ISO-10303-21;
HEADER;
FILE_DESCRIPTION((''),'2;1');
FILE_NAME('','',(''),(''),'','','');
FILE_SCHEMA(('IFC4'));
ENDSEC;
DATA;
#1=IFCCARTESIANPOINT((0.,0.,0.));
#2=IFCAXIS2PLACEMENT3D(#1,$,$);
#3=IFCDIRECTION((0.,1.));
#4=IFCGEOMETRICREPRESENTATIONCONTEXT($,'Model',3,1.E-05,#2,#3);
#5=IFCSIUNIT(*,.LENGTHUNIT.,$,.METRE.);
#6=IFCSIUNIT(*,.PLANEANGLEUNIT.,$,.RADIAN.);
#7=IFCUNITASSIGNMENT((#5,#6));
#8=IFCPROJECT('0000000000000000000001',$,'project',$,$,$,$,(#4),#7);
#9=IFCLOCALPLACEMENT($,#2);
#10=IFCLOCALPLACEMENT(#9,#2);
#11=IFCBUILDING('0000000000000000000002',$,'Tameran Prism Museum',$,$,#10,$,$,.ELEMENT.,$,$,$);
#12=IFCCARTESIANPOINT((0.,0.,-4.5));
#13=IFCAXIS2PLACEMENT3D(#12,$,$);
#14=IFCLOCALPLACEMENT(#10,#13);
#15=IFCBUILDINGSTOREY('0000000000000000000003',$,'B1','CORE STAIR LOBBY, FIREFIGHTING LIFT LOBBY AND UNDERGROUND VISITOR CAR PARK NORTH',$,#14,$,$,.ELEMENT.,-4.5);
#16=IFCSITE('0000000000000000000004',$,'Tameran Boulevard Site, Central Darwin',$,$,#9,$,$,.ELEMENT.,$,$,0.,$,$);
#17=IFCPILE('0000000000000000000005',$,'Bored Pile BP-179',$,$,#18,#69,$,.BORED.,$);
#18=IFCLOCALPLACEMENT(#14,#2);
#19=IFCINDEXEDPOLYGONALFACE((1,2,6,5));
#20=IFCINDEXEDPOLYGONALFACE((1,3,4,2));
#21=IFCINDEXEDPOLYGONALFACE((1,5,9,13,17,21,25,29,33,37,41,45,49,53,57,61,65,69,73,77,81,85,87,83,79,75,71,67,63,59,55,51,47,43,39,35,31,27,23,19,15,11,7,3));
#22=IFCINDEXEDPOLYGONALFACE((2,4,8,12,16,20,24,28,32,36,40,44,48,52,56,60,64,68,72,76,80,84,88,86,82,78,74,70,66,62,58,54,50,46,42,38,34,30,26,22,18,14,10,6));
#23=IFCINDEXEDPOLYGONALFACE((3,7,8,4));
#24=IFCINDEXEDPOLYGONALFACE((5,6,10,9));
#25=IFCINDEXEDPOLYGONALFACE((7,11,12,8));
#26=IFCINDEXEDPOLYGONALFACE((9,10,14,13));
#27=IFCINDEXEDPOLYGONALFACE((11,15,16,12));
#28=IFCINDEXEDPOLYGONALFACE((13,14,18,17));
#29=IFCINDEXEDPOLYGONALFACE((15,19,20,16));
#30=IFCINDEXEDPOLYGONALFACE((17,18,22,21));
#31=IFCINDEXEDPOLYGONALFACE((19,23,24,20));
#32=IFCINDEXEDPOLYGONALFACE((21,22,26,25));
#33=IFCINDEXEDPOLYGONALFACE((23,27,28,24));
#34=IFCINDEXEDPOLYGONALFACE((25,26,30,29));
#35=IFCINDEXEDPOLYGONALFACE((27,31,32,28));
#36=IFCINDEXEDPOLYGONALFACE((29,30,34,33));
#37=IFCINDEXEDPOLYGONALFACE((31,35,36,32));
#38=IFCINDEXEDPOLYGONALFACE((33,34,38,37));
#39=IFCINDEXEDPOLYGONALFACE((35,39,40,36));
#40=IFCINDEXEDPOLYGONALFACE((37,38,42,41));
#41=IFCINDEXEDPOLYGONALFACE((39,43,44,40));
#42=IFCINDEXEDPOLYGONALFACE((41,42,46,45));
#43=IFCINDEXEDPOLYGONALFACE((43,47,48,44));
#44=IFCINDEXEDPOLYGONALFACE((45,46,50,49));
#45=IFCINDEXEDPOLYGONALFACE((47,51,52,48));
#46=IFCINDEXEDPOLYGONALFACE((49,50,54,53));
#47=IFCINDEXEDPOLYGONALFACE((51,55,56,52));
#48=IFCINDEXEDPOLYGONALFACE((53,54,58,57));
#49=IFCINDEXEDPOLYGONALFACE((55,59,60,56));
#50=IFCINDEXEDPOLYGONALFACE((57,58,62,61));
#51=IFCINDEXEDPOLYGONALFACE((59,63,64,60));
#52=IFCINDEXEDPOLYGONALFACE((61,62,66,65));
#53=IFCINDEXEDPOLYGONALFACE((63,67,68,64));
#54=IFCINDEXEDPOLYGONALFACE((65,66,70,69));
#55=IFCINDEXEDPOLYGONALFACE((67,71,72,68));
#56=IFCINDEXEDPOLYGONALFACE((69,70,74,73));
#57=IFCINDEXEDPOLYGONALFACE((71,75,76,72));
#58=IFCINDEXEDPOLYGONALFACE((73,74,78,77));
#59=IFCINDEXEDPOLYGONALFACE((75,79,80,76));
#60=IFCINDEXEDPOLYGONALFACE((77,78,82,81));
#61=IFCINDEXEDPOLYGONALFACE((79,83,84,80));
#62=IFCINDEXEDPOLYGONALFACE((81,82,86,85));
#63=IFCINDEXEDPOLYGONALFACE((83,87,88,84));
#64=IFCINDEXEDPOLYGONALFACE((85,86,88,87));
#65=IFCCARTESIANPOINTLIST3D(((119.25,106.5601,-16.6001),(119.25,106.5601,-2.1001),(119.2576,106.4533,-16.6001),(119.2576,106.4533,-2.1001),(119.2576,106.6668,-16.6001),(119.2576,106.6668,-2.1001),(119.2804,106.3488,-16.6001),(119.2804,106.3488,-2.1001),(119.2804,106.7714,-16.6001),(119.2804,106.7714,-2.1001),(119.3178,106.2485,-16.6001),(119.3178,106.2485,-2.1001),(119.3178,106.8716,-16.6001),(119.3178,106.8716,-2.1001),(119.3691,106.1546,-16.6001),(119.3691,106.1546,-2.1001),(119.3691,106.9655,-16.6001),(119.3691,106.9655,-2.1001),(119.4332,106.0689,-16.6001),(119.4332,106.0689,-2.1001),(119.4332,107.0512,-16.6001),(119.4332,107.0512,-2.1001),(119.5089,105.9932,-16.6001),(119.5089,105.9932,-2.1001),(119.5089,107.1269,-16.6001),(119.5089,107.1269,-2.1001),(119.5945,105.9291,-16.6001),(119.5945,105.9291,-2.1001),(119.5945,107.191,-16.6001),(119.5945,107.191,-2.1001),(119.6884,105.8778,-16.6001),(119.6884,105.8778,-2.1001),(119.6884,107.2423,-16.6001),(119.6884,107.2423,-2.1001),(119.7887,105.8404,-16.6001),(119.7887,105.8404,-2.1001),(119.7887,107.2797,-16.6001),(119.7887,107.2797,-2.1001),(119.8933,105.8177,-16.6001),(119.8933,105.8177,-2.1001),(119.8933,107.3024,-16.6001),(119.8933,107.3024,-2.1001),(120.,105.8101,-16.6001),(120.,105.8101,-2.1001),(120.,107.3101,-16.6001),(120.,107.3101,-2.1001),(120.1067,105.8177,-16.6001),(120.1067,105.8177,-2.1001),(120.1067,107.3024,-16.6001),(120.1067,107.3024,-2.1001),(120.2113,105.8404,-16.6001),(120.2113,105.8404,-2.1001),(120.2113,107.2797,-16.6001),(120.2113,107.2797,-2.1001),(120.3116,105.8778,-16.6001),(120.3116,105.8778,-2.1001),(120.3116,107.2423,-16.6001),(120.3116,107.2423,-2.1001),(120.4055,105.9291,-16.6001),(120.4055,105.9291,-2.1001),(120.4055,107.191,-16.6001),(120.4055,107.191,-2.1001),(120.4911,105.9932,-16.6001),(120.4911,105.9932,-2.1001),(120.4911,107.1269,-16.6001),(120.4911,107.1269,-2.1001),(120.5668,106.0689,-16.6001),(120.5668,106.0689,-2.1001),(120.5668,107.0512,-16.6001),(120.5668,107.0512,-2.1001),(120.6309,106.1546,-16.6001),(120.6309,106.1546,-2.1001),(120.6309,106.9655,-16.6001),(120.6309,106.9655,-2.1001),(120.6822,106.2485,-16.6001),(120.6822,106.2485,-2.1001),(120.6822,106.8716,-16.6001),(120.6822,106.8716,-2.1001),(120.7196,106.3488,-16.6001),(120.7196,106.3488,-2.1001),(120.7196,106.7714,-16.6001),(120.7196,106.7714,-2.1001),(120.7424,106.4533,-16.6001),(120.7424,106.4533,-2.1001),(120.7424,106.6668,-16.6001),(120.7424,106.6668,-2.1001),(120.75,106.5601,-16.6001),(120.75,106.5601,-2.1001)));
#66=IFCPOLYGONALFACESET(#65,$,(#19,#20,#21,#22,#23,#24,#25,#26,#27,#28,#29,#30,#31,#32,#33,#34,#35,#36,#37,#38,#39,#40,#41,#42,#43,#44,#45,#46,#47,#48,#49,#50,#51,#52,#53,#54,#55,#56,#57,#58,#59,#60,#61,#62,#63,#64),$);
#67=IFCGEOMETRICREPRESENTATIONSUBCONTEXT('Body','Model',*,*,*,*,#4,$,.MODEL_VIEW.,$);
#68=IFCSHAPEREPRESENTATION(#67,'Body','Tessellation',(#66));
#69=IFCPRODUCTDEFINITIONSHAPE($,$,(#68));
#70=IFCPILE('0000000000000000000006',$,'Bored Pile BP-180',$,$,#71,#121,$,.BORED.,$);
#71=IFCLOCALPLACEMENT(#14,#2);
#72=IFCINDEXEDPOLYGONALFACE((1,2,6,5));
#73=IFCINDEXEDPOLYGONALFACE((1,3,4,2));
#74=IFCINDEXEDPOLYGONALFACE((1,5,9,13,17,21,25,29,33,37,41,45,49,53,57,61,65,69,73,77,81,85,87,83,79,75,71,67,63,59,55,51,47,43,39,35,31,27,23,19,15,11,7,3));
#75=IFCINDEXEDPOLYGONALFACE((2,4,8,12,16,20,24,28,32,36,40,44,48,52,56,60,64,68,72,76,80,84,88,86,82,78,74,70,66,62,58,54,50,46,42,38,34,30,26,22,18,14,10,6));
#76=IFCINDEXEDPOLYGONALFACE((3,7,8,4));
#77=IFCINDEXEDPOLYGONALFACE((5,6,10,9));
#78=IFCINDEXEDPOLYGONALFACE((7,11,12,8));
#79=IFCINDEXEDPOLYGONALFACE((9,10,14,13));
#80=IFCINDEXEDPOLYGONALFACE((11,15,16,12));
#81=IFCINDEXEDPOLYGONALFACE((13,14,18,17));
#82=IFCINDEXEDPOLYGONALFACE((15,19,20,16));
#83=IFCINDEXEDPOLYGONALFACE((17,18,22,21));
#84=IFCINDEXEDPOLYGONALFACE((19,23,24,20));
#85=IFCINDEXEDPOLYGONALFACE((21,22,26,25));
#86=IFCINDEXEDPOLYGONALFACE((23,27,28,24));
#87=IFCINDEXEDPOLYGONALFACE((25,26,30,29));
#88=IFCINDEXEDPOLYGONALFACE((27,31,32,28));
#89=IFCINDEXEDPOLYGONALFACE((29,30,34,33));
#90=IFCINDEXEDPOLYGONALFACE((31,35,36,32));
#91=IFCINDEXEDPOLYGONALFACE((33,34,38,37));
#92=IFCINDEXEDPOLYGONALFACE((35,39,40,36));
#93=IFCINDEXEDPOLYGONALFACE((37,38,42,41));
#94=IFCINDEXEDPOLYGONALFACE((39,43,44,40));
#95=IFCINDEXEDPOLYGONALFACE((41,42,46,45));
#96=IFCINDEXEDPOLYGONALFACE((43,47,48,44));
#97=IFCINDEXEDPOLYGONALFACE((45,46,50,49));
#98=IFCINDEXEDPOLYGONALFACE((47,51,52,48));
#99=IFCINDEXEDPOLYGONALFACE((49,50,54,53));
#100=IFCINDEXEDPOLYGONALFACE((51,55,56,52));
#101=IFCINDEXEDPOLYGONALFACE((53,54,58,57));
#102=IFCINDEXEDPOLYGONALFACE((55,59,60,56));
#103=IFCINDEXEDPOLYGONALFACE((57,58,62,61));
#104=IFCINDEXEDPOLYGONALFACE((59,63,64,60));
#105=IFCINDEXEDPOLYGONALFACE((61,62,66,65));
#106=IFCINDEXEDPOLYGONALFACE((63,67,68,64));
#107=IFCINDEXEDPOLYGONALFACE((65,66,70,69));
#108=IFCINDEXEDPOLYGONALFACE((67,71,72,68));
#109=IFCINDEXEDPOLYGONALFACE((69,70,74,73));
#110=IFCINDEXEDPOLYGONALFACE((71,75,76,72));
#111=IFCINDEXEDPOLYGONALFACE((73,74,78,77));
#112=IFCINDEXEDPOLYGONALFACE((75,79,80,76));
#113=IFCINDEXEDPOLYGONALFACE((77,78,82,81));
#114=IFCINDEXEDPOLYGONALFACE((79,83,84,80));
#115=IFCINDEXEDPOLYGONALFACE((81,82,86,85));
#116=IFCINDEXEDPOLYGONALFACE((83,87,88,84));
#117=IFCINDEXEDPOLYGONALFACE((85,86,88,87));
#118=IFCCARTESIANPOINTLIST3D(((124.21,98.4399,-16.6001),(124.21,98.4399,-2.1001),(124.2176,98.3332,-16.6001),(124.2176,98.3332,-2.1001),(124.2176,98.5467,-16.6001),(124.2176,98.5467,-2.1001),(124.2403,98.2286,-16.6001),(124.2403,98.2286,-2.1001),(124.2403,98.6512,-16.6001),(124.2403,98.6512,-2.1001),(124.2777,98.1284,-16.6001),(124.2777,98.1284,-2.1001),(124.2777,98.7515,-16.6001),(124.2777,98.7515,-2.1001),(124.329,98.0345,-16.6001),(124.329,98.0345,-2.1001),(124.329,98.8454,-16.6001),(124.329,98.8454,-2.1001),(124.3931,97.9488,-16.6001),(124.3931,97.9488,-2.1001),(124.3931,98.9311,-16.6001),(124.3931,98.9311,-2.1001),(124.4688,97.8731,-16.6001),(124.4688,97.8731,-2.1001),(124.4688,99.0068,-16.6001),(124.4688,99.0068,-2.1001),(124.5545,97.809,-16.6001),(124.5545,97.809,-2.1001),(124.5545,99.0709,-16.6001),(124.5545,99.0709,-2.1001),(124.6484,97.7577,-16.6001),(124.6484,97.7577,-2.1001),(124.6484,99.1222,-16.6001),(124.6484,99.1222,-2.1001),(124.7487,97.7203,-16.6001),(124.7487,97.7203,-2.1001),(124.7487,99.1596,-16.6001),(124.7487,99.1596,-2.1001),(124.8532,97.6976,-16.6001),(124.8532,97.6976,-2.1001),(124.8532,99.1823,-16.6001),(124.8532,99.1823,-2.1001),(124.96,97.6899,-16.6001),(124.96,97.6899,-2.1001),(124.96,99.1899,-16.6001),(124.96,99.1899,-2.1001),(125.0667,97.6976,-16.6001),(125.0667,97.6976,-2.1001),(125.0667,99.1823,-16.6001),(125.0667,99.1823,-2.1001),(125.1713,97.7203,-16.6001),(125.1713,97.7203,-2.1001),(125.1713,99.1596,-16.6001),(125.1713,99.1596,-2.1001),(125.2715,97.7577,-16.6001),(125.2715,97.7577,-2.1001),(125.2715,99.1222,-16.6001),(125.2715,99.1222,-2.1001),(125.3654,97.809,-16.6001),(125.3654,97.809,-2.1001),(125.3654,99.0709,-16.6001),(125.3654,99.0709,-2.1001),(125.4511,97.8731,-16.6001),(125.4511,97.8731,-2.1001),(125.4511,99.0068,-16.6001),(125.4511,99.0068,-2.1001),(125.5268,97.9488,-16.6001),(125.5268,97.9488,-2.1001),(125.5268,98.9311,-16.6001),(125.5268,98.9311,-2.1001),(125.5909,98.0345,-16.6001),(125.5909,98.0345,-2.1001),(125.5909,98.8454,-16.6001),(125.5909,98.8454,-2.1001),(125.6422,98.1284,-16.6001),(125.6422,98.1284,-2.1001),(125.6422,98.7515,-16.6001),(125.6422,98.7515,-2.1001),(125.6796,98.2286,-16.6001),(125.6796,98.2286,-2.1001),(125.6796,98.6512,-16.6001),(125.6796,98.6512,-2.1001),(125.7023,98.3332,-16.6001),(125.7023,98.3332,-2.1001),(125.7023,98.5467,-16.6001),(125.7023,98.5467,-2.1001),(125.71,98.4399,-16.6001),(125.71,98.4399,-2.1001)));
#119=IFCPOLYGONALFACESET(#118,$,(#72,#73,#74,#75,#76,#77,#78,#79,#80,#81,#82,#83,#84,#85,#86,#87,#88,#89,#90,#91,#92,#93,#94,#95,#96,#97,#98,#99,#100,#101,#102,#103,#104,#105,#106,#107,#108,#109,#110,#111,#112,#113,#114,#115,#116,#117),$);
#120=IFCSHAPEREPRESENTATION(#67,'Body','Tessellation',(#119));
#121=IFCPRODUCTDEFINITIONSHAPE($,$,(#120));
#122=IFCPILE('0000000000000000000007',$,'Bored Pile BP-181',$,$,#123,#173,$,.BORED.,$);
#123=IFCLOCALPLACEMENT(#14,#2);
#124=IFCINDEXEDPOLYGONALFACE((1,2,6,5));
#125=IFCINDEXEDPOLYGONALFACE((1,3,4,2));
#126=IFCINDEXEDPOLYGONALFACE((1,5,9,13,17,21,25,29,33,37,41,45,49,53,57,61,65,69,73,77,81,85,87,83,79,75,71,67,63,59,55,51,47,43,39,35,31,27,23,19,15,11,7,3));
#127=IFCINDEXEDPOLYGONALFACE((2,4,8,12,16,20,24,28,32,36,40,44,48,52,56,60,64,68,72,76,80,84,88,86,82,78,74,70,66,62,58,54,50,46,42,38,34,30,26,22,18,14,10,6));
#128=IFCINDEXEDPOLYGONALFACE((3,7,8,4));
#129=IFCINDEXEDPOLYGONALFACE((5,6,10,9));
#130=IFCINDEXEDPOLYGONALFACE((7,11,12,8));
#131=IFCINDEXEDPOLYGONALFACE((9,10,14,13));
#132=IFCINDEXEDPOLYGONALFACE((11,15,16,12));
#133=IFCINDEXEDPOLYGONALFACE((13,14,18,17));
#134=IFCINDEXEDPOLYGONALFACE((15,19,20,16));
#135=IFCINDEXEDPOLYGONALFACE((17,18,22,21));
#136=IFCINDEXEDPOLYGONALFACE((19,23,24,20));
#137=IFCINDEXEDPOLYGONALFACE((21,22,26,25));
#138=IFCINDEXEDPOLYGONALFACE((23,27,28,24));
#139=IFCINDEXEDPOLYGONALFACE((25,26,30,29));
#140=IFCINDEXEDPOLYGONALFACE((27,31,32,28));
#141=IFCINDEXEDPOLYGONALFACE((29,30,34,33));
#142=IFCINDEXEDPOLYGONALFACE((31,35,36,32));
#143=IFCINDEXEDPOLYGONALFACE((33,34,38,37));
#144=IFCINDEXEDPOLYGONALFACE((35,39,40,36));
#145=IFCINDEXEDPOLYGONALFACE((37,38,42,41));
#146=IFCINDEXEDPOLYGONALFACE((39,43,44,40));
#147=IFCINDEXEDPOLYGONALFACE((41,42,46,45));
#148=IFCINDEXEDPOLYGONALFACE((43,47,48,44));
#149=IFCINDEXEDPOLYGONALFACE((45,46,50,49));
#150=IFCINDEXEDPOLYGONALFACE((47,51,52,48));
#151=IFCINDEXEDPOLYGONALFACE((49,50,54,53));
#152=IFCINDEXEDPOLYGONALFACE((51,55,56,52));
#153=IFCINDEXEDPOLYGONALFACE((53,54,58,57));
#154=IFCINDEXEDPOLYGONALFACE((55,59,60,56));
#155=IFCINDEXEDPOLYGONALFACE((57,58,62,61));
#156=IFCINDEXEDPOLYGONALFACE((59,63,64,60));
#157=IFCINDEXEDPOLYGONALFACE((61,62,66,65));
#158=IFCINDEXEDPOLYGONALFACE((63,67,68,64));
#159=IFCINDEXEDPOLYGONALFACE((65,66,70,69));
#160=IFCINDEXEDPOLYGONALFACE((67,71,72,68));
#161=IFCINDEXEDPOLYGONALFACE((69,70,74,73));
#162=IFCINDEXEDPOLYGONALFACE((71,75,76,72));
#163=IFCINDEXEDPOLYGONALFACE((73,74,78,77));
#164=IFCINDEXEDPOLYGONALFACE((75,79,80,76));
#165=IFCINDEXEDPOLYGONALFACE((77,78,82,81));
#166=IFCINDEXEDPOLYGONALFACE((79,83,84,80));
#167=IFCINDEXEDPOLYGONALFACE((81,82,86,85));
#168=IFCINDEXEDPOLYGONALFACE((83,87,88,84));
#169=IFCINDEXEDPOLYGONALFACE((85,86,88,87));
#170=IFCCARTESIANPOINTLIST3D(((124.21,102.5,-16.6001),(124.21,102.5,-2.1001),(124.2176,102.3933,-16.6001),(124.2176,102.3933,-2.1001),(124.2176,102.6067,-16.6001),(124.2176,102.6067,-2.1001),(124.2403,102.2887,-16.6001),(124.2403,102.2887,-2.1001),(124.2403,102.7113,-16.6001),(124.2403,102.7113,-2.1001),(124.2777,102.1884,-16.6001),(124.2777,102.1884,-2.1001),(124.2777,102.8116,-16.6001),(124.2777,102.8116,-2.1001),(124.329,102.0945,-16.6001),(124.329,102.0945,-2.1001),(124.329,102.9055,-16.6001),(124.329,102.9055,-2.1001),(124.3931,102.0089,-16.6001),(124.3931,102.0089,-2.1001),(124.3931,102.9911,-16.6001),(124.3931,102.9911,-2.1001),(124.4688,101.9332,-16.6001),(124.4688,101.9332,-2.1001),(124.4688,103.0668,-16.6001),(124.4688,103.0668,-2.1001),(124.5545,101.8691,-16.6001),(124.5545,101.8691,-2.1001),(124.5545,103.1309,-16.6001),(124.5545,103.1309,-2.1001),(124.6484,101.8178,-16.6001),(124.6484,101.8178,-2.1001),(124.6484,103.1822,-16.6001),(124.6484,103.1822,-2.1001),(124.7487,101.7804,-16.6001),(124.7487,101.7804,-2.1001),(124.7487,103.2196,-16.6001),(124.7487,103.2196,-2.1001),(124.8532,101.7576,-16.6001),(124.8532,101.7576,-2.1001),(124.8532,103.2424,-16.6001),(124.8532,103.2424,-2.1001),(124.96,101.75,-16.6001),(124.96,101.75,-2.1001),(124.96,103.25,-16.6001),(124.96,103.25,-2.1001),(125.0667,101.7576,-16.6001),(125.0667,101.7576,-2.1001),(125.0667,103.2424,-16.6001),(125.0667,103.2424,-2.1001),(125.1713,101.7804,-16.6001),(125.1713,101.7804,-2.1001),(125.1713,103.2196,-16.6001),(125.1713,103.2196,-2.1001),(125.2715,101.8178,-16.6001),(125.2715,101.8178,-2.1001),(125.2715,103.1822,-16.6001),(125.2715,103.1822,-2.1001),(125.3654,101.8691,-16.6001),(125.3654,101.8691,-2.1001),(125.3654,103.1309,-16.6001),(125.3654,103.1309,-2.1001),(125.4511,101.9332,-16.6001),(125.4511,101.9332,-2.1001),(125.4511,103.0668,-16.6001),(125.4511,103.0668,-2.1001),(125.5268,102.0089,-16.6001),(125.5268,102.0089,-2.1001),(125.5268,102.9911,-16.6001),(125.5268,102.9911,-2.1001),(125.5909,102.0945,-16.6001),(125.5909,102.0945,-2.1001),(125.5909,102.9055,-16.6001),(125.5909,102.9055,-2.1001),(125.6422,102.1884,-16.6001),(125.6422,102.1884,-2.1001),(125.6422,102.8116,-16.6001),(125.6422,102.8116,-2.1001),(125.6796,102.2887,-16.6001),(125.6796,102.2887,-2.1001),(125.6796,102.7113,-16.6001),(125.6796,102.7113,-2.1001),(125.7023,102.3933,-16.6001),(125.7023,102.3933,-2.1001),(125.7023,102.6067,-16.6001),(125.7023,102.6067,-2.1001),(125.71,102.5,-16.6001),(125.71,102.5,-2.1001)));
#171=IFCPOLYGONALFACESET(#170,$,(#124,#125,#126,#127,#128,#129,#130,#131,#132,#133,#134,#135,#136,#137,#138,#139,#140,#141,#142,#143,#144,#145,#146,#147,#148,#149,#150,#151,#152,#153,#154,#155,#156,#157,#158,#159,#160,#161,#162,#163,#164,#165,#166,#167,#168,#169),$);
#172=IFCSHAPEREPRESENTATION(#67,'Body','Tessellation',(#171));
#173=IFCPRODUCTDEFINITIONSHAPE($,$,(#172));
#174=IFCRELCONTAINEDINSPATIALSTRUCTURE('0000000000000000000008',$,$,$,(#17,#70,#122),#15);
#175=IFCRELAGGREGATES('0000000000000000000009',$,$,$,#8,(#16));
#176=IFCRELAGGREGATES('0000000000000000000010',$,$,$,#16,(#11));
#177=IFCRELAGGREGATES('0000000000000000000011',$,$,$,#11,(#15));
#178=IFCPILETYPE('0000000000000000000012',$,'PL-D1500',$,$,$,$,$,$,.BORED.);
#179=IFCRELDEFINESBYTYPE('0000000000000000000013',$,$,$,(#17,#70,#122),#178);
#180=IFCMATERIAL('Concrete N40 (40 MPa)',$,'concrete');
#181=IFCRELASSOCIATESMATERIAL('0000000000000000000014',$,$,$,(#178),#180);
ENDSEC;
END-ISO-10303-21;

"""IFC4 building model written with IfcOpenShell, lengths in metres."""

from ifc_helpers import new_model, si_unit, direction, frame, origin, origin_2d, place, context, subcontext, project, spatial, circle, extrude, material, material_profile, profile_set, type_object, element, save


model = new_model("IFC4")

# Units and contexts
model_context = context("Model", 3, precision=1e-05, world=origin(), true_north=direction((0.0, 1.0)))
body_context = subcontext(model_context, "Body", "Model", "MODEL_VIEW")
ifc_project = project(units=[si_unit("LENGTHUNIT", "METRE"), si_unit("PLANEANGLEUNIT", "RADIAN")], contexts=[model_context])

# Site, building, storey
site_placement = place(None, origin())
site = spatial("IfcSite", under=ifc_project, at=site_placement, Name="Tameran Boulevard Site, Central Darwin", CompositionType="ELEMENT", RefElevation=0.0)
building_placement = place(site_placement, origin())
building = spatial("IfcBuilding", under=site, at=building_placement, Name="Tameran Prism Museum", CompositionType="ELEMENT")
storey_placement = place(building_placement, frame((0.0, 0.0, -4.5)))
storey = spatial("IfcBuildingStorey", under=building, at=storey_placement, Name="B1", Description="CORE STAIR LOBBY, FIREFIGHTING LIFT LOBBY AND UNDERGROUND VISITOR CAR PARK NORTH", CompositionType="ELEMENT", Elevation=-4.5)

# Piles
ifc_material_1 = material(Name="Concrete N40 (40 MPa)", Category="concrete")
ifc_material_profile_1 = material_profile(ifc_material_1, circle(Radius=0.75, at=origin_2d()))
ifc_profile_set_1 = profile_set([ifc_material_profile_1])
pile_type_1 = type_object("IfcPileType", Name="PL-D1500", PredefinedType="BORED", material=ifc_profile_set_1)
for number, where, z_axis, x_axis, name in (
    (1, (120.0, 106.5601, -2.1001), (0.0, 0.0, -1.0), (1.0, 0.0, 0.0), "Bored Pile BP-179"),
    (2, (124.96, 98.4399, -2.1001), (0.0, 0.0, -1.0), (1.0, 0.0, 0.0), "Bored Pile BP-180"),
    (3, (124.96, 102.5, -2.1001), (0.0, 0.0, -1.0), (1.0, 0.0, 0.0), "Bored Pile BP-181"),
):
    element("IfcPile", number, at=place(storey_placement, frame(where, z_axis=z_axis, x_axis=x_axis)), inside=storey, type_object=pile_type_1, Name=name, PredefinedType="BORED", context=body_context, shape_type="SweptSolid", body=[
        extrude(circle(Radius=0.75, at=origin_2d()), origin(), (0.0, 0.0, 1.0), 14.5),
    ])

save(model, "model.ifc")
